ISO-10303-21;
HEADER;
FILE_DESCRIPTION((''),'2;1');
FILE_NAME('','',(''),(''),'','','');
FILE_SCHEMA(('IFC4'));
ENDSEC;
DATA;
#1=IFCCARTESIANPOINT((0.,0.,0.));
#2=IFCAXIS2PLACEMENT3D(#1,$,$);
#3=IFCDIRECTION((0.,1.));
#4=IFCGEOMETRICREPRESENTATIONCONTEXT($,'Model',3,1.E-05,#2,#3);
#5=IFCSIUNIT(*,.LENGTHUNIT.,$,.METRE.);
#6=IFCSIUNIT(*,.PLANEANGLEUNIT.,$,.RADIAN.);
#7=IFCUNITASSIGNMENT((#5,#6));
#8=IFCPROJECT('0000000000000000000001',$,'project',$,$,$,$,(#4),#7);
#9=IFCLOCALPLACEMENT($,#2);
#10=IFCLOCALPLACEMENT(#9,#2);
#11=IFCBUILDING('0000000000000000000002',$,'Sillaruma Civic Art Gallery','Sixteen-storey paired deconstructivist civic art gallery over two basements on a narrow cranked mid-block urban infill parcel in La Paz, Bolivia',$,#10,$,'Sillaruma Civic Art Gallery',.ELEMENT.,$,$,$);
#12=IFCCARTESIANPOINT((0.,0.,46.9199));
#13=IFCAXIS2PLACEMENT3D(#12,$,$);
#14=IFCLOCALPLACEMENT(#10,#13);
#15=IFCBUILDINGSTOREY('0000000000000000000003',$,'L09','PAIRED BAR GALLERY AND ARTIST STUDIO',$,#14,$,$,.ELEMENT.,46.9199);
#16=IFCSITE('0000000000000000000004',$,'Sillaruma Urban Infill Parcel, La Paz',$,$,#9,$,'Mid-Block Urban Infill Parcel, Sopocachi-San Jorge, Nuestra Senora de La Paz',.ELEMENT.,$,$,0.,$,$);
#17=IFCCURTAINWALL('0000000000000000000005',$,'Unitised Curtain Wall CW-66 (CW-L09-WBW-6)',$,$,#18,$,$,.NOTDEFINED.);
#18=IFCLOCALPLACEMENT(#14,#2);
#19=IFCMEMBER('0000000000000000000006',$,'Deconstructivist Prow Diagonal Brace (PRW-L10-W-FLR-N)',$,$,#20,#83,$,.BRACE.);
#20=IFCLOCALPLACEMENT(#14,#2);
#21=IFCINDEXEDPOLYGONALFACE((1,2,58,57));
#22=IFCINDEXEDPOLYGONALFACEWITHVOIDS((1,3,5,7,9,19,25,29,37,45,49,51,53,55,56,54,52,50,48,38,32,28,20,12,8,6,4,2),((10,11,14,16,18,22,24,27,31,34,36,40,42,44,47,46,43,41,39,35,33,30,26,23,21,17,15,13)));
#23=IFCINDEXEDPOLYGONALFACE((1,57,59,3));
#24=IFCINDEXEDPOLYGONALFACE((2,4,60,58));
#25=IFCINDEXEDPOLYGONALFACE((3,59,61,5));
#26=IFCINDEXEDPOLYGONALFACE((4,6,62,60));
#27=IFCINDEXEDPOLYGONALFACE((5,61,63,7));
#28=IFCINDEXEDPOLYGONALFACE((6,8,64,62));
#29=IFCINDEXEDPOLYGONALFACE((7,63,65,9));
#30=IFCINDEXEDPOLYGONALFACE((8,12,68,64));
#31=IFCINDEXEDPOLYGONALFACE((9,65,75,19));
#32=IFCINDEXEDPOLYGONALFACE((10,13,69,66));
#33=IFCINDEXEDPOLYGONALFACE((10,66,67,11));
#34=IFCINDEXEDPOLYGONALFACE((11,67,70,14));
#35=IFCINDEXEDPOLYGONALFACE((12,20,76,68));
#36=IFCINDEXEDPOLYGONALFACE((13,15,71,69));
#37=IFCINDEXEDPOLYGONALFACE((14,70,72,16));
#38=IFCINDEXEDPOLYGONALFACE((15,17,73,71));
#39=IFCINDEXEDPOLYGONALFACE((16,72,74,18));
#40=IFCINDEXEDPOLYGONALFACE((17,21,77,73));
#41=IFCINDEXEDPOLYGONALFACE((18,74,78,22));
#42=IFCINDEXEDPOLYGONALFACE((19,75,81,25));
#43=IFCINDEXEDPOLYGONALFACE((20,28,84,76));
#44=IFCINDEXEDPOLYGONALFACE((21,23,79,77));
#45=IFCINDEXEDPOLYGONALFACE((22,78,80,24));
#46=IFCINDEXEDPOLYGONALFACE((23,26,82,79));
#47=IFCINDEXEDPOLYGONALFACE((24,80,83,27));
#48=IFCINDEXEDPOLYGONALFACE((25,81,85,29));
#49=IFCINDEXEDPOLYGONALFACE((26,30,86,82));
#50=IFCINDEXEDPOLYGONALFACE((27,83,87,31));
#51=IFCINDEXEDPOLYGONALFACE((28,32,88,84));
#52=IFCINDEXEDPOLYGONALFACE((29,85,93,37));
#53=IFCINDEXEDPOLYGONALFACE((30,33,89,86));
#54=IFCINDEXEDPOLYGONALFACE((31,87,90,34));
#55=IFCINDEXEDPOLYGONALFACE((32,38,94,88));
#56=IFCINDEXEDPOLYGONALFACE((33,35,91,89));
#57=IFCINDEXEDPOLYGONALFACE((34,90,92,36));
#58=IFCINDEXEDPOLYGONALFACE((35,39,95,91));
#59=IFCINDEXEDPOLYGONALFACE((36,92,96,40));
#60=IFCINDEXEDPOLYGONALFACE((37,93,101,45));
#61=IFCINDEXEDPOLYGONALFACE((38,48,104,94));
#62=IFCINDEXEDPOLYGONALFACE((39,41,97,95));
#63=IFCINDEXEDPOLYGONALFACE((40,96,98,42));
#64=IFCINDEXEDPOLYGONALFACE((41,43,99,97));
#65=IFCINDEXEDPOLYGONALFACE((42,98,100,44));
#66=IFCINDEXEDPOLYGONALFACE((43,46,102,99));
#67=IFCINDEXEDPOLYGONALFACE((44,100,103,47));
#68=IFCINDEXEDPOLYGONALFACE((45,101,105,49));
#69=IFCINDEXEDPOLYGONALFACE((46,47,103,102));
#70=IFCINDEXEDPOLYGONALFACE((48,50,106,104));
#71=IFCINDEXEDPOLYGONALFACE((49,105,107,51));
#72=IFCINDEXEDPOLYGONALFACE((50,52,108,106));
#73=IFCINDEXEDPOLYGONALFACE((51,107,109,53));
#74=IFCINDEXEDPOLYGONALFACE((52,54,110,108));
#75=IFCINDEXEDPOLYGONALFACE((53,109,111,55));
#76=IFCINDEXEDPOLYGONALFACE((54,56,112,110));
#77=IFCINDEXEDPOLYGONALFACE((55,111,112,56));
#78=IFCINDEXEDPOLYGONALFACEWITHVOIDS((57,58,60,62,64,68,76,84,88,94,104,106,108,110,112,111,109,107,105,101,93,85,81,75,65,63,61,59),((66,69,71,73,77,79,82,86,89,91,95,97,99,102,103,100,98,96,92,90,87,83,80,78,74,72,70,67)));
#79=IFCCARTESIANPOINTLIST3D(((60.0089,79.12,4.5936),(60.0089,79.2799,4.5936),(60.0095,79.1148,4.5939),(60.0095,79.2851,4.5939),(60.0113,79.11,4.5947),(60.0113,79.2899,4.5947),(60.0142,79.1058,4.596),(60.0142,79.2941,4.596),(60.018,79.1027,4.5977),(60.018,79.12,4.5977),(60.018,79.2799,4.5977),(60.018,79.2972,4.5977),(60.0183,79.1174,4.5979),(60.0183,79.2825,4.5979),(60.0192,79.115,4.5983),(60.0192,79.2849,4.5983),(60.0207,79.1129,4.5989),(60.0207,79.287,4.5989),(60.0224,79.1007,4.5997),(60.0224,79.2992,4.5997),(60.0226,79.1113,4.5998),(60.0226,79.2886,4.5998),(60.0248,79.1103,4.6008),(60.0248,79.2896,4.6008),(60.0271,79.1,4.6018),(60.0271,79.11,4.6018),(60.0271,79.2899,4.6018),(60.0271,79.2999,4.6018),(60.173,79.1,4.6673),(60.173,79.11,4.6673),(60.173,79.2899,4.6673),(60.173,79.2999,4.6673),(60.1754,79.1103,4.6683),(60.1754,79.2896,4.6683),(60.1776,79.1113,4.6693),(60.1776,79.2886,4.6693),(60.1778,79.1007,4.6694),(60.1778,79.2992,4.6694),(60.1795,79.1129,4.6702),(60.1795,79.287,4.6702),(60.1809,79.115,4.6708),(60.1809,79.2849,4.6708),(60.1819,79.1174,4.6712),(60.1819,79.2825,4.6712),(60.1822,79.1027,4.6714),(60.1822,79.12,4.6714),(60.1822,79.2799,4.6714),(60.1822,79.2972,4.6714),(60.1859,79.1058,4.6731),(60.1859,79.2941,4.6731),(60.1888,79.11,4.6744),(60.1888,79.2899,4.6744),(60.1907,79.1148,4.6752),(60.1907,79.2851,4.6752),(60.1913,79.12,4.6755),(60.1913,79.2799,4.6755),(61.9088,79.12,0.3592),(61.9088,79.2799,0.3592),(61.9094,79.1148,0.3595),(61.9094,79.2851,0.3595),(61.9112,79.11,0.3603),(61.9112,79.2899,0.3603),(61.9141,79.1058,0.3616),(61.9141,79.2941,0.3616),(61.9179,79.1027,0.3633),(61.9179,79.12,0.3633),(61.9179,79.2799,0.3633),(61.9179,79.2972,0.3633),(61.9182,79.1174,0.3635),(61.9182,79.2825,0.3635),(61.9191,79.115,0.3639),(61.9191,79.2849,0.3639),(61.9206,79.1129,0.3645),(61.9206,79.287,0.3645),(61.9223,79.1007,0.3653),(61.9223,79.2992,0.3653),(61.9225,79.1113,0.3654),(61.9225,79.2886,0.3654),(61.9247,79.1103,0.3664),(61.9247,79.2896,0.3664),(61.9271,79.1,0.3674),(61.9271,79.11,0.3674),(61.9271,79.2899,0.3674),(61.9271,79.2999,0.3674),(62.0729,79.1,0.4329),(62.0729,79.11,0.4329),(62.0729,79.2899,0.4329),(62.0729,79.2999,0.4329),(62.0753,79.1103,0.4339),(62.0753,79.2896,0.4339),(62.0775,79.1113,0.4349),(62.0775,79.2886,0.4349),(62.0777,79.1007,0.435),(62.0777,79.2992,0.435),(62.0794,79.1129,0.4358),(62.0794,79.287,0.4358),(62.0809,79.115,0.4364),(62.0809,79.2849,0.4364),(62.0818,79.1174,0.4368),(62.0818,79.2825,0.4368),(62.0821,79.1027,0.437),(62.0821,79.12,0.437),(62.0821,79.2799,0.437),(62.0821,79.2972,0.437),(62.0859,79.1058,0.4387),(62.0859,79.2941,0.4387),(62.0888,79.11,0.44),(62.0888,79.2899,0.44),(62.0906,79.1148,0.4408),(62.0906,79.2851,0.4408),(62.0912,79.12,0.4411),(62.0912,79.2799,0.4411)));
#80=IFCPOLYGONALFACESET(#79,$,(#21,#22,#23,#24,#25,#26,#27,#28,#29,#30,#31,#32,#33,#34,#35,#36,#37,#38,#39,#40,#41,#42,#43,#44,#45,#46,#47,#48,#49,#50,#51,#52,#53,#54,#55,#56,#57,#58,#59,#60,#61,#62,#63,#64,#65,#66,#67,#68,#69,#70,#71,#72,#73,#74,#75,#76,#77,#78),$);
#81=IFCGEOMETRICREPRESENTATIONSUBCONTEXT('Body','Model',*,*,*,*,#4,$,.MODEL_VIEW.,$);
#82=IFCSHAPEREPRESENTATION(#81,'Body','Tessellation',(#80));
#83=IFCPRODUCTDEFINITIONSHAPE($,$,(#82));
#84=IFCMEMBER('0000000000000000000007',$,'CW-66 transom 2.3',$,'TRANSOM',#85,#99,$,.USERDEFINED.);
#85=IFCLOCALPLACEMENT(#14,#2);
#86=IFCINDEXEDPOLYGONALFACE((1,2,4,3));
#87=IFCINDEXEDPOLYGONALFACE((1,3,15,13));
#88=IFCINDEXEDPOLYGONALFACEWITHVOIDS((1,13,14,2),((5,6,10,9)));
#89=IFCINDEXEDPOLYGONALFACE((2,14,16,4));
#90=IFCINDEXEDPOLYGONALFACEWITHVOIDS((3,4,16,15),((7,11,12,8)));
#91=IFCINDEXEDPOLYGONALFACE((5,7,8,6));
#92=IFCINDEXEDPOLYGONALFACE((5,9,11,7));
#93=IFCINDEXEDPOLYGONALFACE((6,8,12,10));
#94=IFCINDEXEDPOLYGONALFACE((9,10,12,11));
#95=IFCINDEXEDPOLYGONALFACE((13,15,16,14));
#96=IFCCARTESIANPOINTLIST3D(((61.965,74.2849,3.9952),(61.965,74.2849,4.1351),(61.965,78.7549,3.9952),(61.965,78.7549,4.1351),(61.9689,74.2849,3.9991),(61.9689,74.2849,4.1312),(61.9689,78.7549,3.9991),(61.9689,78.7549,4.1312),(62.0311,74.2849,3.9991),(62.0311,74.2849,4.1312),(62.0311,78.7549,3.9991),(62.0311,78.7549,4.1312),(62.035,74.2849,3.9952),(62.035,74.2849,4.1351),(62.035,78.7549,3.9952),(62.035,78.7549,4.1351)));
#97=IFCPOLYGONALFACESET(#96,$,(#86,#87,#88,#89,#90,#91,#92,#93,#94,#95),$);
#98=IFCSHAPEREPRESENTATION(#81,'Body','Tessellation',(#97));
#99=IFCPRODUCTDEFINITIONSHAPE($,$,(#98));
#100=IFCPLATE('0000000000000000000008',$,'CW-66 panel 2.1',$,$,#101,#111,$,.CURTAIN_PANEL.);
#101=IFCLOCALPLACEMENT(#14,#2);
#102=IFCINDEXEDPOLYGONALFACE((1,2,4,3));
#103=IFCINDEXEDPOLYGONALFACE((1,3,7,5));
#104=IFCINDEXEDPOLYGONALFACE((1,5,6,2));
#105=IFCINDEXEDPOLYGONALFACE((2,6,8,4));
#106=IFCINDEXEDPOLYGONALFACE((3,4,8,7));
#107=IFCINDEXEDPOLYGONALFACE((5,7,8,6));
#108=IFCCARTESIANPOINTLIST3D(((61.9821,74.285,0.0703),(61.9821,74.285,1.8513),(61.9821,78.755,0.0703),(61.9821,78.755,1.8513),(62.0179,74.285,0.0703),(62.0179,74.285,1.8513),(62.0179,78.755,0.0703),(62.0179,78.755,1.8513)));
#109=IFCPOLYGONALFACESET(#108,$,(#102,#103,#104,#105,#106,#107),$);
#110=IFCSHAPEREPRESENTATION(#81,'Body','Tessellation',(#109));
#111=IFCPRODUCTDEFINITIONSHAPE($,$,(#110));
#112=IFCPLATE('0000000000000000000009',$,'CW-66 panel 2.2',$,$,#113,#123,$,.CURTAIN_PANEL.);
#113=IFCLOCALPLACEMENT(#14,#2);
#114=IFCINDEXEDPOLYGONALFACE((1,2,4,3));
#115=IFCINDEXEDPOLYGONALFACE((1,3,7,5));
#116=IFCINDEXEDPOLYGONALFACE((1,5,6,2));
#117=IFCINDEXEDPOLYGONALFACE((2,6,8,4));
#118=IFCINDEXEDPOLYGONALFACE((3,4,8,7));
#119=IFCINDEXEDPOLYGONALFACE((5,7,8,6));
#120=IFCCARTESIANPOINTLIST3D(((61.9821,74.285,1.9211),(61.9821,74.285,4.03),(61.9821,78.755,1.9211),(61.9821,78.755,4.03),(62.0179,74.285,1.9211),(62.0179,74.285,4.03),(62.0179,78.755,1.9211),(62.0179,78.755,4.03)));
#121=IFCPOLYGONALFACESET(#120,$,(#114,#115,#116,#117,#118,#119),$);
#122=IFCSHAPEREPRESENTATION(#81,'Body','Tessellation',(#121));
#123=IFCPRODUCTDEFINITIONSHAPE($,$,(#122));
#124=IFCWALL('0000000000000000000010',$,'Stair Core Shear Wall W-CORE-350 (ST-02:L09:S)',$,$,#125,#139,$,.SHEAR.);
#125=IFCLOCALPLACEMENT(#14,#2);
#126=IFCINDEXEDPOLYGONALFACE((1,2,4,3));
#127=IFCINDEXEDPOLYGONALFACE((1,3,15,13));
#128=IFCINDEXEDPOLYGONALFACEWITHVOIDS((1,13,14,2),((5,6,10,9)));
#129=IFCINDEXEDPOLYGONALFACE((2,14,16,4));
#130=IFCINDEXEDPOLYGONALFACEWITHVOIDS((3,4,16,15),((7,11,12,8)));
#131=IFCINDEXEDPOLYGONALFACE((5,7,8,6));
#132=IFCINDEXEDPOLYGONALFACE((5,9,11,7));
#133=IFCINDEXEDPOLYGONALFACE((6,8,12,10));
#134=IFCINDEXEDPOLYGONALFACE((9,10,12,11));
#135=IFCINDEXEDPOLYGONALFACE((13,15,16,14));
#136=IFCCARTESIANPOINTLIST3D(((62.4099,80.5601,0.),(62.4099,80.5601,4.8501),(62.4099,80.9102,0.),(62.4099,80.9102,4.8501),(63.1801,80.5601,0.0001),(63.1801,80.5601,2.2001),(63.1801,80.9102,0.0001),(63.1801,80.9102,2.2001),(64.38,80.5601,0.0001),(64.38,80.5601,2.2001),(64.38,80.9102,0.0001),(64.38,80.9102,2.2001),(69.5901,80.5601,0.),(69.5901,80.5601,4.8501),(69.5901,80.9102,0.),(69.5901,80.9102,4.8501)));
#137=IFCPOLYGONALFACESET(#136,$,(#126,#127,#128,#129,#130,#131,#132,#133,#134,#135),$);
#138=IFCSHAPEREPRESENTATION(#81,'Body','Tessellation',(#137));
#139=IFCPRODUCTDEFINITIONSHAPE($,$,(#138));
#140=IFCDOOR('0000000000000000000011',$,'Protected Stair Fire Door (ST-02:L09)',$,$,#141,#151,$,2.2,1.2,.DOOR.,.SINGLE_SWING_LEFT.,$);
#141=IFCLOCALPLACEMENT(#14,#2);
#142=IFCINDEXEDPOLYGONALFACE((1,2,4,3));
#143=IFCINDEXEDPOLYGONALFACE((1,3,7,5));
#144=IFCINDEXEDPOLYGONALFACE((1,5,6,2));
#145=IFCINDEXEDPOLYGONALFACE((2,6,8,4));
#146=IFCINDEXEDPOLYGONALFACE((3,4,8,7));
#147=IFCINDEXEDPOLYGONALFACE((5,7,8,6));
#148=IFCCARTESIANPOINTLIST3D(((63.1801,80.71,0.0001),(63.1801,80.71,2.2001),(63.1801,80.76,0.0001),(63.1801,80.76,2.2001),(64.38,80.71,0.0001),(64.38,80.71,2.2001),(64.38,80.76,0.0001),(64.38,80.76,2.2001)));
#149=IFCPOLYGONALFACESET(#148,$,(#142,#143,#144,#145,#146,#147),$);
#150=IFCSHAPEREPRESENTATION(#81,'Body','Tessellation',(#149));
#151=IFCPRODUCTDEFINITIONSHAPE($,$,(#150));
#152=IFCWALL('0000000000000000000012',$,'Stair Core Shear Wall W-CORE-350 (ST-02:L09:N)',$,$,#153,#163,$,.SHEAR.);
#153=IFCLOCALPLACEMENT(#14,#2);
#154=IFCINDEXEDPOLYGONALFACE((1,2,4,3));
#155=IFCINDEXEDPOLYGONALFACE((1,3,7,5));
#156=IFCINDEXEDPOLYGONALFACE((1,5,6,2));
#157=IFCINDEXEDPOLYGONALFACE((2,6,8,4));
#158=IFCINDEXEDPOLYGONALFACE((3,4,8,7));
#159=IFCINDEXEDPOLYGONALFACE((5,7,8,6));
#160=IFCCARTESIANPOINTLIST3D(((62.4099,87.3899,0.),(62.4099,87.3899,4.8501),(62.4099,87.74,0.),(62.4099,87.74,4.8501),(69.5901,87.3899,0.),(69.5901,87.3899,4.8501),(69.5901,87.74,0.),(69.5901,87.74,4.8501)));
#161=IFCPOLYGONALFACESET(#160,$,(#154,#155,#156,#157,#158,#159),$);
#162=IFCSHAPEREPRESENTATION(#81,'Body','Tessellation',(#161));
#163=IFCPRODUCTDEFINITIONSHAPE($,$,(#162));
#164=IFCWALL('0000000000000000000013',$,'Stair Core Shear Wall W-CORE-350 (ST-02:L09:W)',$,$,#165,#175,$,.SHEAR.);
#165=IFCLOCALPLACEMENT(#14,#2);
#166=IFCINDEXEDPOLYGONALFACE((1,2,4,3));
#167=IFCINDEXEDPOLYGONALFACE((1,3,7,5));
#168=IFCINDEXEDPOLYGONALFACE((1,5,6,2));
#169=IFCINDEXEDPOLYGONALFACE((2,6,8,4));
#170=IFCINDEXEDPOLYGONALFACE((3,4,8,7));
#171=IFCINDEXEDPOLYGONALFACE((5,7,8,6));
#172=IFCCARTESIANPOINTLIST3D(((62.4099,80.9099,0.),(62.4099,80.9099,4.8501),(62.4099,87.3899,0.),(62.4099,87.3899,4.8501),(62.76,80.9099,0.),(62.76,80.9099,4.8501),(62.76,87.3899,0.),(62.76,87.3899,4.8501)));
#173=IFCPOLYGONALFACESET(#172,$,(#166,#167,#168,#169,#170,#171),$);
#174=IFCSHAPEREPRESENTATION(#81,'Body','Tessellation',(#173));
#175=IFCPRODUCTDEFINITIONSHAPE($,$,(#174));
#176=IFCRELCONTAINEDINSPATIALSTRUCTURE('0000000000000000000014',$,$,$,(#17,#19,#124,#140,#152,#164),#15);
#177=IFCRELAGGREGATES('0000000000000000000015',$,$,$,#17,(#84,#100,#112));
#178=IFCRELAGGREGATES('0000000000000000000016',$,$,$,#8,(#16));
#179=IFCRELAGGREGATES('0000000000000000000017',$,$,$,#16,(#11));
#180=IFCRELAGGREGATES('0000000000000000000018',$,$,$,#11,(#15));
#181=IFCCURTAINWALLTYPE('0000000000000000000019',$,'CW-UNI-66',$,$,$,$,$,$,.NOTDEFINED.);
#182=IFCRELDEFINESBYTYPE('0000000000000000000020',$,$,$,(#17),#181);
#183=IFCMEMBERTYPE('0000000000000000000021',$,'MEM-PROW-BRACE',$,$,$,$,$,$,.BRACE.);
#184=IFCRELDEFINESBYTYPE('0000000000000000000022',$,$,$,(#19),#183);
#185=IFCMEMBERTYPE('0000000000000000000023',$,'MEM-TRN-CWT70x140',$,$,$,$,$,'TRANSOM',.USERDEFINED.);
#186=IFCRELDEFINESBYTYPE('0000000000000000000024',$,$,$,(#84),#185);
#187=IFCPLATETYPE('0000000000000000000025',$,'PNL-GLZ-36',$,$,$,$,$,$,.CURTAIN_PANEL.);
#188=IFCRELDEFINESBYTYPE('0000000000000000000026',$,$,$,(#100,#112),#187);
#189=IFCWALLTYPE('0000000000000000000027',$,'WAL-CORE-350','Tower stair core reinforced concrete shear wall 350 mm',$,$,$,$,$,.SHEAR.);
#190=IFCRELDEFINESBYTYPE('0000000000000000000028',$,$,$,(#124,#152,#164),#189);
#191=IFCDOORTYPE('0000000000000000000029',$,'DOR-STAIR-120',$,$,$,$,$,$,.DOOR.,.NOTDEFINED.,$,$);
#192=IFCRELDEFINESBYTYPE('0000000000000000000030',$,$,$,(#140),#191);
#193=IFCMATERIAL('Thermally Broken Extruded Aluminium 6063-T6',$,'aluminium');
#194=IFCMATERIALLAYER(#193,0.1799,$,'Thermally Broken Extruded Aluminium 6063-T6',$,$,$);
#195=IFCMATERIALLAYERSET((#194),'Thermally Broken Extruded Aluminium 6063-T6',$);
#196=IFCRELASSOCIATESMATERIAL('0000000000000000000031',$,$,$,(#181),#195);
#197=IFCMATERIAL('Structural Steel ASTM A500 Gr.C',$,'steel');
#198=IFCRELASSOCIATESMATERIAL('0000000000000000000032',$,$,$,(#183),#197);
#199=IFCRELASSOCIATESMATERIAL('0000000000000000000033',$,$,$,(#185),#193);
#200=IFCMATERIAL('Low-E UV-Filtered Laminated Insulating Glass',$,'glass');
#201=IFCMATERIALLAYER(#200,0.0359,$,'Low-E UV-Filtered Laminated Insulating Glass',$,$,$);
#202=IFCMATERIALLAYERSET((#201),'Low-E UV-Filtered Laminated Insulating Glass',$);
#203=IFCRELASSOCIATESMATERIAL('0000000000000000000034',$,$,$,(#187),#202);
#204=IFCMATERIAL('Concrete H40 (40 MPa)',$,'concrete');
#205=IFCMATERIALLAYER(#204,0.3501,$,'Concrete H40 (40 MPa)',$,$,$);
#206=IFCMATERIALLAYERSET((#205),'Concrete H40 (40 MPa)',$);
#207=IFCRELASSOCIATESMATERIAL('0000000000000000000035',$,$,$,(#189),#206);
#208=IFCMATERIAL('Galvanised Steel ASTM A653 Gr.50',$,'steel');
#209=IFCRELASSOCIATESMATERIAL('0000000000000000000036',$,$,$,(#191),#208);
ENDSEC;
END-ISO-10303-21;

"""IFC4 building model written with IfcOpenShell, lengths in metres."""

from ifc_helpers import new_model, si_unit, direction, frame, frame_2d, origin, origin_2d, place, context, subcontext, project, spatial, rectangle, hollow_rectangle, extrude, material, layer, layer_set, material_profile, profile_set, type_object, element, fill, aggregate, save


model = new_model("IFC4")

# Units and contexts
model_context = context("Model", 3, precision=1e-05, world=origin(), true_north=direction((0.0, 1.0)))
body_context = subcontext(model_context, "Body", "Model", "MODEL_VIEW")
ifc_project = project(units=[si_unit("LENGTHUNIT", "METRE"), si_unit("PLANEANGLEUNIT", "RADIAN")], contexts=[model_context])

# Site, building, storey
site_placement = place(None, origin())
site = spatial("IfcSite", under=ifc_project, at=site_placement, Name="Sillaruma Urban Infill Parcel, La Paz", LongName="Mid-Block Urban Infill Parcel, Sopocachi-San Jorge, Nuestra Senora de La Paz", CompositionType="ELEMENT", RefElevation=0.0)
building_placement = place(site_placement, origin())
building = spatial("IfcBuilding", under=site, at=building_placement, Name="Sillaruma Civic Art Gallery", Description="Sixteen-storey paired deconstructivist civic art gallery over two basements on a narrow cranked mid-block urban infill parcel in La Paz, Bolivia", LongName="Sillaruma Civic Art Gallery", CompositionType="ELEMENT")
storey_placement = place(building_placement, frame((0.0, 0.0, 46.9199)))
storey = spatial("IfcBuildingStorey", under=building, at=storey_placement, Name="L09", Description="PAIRED BAR GALLERY AND ARTIST STUDIO", CompositionType="ELEMENT", Elevation=46.9199)

# Shared definitions
ifc_material_1 = material(Name="Concrete H40 (40 MPa)", Category="concrete")

# Shared definitions
ifc_material_2 = material(Name="Structural Steel ASTM A500 Gr.C", Category="steel")

# Curtain wall
ifc_material_3 = material(Name="Thermally Broken Extruded Aluminium 6063-T6", Category="aluminium")
ifc_layer_1 = layer(ifc_material_3, 0.1799, Name="Thermally Broken Extruded Aluminium 6063-T6")
ifc_layer_set_1 = layer_set([ifc_layer_1], Name="Thermally Broken Extruded Aluminium 6063-T6")
curtain_wall_type = type_object("IfcCurtainWallType", Name="CW-UNI-66", PredefinedType="NOTDEFINED", material=ifc_layer_set_1)
curtain_wall_placement = place(storey_placement, origin())
curtain_wall = element("IfcCurtainWall", 1, at=curtain_wall_placement, inside=storey, type_object=curtain_wall_type, Name="Unitised Curtain Wall CW-66 (CW-L09-WBW-6)", PredefinedType="NOTDEFINED")

# Members
ifc_material_profile_1 = material_profile(ifc_material_2, hollow_rectangle(XDim=0.2, YDim=0.2, WallThickness=0.01, InnerFilletRadius=0.01, OuterFilletRadius=0.02, at=origin_2d()), Name="HSS200x200x10")
ifc_profile_set_1 = profile_set([ifc_material_profile_1], Name="Structural Steel ASTM A500 Gr.C")
member_type_1 = type_object("IfcMemberType", Name="MEM-PROW-BRACE", PredefinedType="BRACE", material=ifc_profile_set_1)
member_1_placement = place(storey_placement, frame((62.0, 79.2, 0.4001), z_axis=(-0.409367, 0.0, 0.91237), x_axis=(0.0, -1.0, 0.0)))
element("IfcMember", 2, at=member_1_placement, inside=storey, type_object=member_type_1, Name="Deconstructivist Prow Diagonal Brace (PRW-L10-W-FLR-N)", PredefinedType="BRACE", context=body_context, shape_type="SweptSolid", body=[
    extrude(hollow_rectangle(XDim=0.2, YDim=0.2, WallThickness=0.01, InnerFilletRadius=0.01, OuterFilletRadius=0.02, at=origin_2d()), origin(), (0.0, 0.0, 1.0), 4.6411),
])
ifc_material_profile_2 = material_profile(ifc_material_3, hollow_rectangle(XDim=0.0701, YDim=0.1399, WallThickness=0.0039, at=origin_2d()), Name="CWT70x140")
ifc_profile_set_2 = profile_set([ifc_material_profile_2], Name="Thermally Broken Extruded Aluminium 6063-T6")
member_type_2 = type_object("IfcMemberType", Name="MEM-TRN-CWT70x140", ElementType="TRANSOM", PredefinedType="USERDEFINED", material=ifc_profile_set_2)
member_2_placement = place(storey_placement, frame((62.0, 74.2849, 4.0652), z_axis=(0.0, 1.0, 0.0), x_axis=(-1.0, 0.0, 0.0)))
member_2 = element("IfcMember", 3, at=member_2_placement, type_object=member_type_2, Name="CW-66 transom 2.3", ObjectType="TRANSOM", PredefinedType="USERDEFINED", context=body_context, shape_type="SweptSolid", body=[
    extrude(hollow_rectangle(XDim=0.0701, YDim=0.1399, WallThickness=0.0039, at=origin_2d()), origin(), (0.0, 0.0, 1.0), 4.47),
])

# Plates
ifc_material_4 = material(Name="Low-E UV-Filtered Laminated Insulating Glass", Category="glass")
ifc_layer_2 = layer(ifc_material_4, 0.0359, Name="Low-E UV-Filtered Laminated Insulating Glass")
ifc_layer_set_2 = layer_set([ifc_layer_2], Name="Low-E UV-Filtered Laminated Insulating Glass")
plate_type = type_object("IfcPlateType", Name="PNL-GLZ-36", PredefinedType="CURTAIN_PANEL", material=ifc_layer_set_2)
plate_1_placement = place(storey_placement, frame((62.0, 76.52, 0.0703), z_axis=(0.0, 0.0, 1.0), x_axis=(0.0, 1.0, 0.0)))
plate_1 = element("IfcPlate", 4, at=plate_1_placement, type_object=plate_type, Name="CW-66 panel 2.1", PredefinedType="CURTAIN_PANEL", context=body_context, shape_type="SweptSolid", body=[
    extrude(rectangle(XDim=4.47, YDim=0.0359, at=origin_2d()), origin(), (0.0, 0.0, 1.0), 1.781),
])
plate_2_placement = place(storey_placement, frame((62.0, 76.52, 1.9211), z_axis=(0.0, 0.0, 1.0), x_axis=(0.0, 1.0, 0.0)))
plate_2 = element("IfcPlate", 5, at=plate_2_placement, type_object=plate_type, Name="CW-66 panel 2.2", PredefinedType="CURTAIN_PANEL", context=body_context, shape_type="SweptSolid", body=[
    extrude(rectangle(XDim=4.47, YDim=0.0359, at=origin_2d()), origin(), (0.0, 0.0, 1.0), 2.1089),
])
aggregate(curtain_wall, [member_2, plate_1, plate_2])

# Wall, opening, door
ifc_layer_3 = layer(ifc_material_1, 0.3501, Name="Concrete H40 (40 MPa)")
ifc_layer_set_3 = layer_set([ifc_layer_3], Name="Concrete H40 (40 MPa)")
wall_type_1 = type_object("IfcWallType", Name="WAL-CORE-350", Description="Tower stair core reinforced concrete shear wall 350 mm", PredefinedType="SHEAR", material=ifc_layer_set_3)
wall_1_placement = place(storey_placement, frame((62.4099, 80.7351, 0.0), z_axis=(0.0, 0.0, 1.0), x_axis=(1.0, 0.0, 0.0)))
wall_1 = element("IfcWall", 6, at=wall_1_placement, inside=storey, type_object=wall_type_1, Name="Stair Core Shear Wall W-CORE-350 (ST-02:L09:S)", PredefinedType="SHEAR", context=body_context, shape_type="SweptSolid", body=[
    extrude(rectangle(XDim=7.1802, YDim=0.3501, at=frame_2d((3.5901, 0.0))), origin(), (0.0, 0.0, 1.0), 4.8501),
])
opening_1_placement = place(wall_1_placement, frame((0.77, 0.0, 0.0)))
opening_1 = element("IfcOpeningElement", 7, at=opening_1_placement, cuts=wall_1, PredefinedType="OPENING", context=body_context, shape_type="SweptSolid", body=[
    extrude(rectangle(XDim=1.2, YDim=2.2, at=frame_2d((0.6001, 1.1001))), frame((0.0, 0.1851, 0.0), z_axis=(0.0, -1.0, 0.0), x_axis=(1.0, 0.0, 0.0)), (0.0, 0.0, 1.0), 0.3701),
])
ifc_material_5 = material(Name="Galvanised Steel ASTM A653 Gr.50", Category="steel")
door_type = type_object("IfcDoorType", Name="DOR-STAIR-120", OperationType="NOTDEFINED", PredefinedType="DOOR", material=ifc_material_5)
door_placement = place(opening_1_placement, origin())
door = element("IfcDoor", 8, at=door_placement, inside=storey, type_object=door_type, Name="Protected Stair Fire Door (ST-02:L09)", OperationType="SINGLE_SWING_LEFT", OverallHeight=2.2, OverallWidth=1.2, PredefinedType="DOOR", context=body_context, shape_type="SweptSolid", body=[
    extrude(rectangle(XDim=1.2, YDim=2.2, at=frame_2d((0.6001, 1.1001))), frame((0.0, 0.0249, 0.0), z_axis=(0.0, -1.0, 0.0), x_axis=(1.0, 0.0, 0.0)), (0.0, 0.0, 1.0), 0.05),
])
fill(opening_1, door)

# Walls
wall_2_placement = place(storey_placement, frame((62.4099, 87.5649, 0.0), z_axis=(0.0, 0.0, 1.0), x_axis=(1.0, 0.0, 0.0)))
element("IfcWall", 9, at=wall_2_placement, inside=storey, type_object=wall_type_1, Name="Stair Core Shear Wall W-CORE-350 (ST-02:L09:N)", PredefinedType="SHEAR", context=body_context, shape_type="SweptSolid", body=[
    extrude(rectangle(XDim=7.1802, YDim=0.3501, at=frame_2d((3.5901, 0.0))), origin(), (0.0, 0.0, 1.0), 4.8501),
])
wall_3_placement = place(storey_placement, frame((62.585, 80.9099, 0.0), z_axis=(0.0, 0.0, 1.0), x_axis=(0.0, 1.0, 0.0)))
element("IfcWall", 10, at=wall_3_placement, inside=storey, type_object=wall_type_1, Name="Stair Core Shear Wall W-CORE-350 (ST-02:L09:W)", PredefinedType="SHEAR", context=body_context, shape_type="SweptSolid", body=[
    extrude(rectangle(XDim=6.48, YDim=0.3501, at=frame_2d((3.24, 0.0))), origin(), (0.0, 0.0, 1.0), 4.8501),
])

save(model, "model.ifc")
